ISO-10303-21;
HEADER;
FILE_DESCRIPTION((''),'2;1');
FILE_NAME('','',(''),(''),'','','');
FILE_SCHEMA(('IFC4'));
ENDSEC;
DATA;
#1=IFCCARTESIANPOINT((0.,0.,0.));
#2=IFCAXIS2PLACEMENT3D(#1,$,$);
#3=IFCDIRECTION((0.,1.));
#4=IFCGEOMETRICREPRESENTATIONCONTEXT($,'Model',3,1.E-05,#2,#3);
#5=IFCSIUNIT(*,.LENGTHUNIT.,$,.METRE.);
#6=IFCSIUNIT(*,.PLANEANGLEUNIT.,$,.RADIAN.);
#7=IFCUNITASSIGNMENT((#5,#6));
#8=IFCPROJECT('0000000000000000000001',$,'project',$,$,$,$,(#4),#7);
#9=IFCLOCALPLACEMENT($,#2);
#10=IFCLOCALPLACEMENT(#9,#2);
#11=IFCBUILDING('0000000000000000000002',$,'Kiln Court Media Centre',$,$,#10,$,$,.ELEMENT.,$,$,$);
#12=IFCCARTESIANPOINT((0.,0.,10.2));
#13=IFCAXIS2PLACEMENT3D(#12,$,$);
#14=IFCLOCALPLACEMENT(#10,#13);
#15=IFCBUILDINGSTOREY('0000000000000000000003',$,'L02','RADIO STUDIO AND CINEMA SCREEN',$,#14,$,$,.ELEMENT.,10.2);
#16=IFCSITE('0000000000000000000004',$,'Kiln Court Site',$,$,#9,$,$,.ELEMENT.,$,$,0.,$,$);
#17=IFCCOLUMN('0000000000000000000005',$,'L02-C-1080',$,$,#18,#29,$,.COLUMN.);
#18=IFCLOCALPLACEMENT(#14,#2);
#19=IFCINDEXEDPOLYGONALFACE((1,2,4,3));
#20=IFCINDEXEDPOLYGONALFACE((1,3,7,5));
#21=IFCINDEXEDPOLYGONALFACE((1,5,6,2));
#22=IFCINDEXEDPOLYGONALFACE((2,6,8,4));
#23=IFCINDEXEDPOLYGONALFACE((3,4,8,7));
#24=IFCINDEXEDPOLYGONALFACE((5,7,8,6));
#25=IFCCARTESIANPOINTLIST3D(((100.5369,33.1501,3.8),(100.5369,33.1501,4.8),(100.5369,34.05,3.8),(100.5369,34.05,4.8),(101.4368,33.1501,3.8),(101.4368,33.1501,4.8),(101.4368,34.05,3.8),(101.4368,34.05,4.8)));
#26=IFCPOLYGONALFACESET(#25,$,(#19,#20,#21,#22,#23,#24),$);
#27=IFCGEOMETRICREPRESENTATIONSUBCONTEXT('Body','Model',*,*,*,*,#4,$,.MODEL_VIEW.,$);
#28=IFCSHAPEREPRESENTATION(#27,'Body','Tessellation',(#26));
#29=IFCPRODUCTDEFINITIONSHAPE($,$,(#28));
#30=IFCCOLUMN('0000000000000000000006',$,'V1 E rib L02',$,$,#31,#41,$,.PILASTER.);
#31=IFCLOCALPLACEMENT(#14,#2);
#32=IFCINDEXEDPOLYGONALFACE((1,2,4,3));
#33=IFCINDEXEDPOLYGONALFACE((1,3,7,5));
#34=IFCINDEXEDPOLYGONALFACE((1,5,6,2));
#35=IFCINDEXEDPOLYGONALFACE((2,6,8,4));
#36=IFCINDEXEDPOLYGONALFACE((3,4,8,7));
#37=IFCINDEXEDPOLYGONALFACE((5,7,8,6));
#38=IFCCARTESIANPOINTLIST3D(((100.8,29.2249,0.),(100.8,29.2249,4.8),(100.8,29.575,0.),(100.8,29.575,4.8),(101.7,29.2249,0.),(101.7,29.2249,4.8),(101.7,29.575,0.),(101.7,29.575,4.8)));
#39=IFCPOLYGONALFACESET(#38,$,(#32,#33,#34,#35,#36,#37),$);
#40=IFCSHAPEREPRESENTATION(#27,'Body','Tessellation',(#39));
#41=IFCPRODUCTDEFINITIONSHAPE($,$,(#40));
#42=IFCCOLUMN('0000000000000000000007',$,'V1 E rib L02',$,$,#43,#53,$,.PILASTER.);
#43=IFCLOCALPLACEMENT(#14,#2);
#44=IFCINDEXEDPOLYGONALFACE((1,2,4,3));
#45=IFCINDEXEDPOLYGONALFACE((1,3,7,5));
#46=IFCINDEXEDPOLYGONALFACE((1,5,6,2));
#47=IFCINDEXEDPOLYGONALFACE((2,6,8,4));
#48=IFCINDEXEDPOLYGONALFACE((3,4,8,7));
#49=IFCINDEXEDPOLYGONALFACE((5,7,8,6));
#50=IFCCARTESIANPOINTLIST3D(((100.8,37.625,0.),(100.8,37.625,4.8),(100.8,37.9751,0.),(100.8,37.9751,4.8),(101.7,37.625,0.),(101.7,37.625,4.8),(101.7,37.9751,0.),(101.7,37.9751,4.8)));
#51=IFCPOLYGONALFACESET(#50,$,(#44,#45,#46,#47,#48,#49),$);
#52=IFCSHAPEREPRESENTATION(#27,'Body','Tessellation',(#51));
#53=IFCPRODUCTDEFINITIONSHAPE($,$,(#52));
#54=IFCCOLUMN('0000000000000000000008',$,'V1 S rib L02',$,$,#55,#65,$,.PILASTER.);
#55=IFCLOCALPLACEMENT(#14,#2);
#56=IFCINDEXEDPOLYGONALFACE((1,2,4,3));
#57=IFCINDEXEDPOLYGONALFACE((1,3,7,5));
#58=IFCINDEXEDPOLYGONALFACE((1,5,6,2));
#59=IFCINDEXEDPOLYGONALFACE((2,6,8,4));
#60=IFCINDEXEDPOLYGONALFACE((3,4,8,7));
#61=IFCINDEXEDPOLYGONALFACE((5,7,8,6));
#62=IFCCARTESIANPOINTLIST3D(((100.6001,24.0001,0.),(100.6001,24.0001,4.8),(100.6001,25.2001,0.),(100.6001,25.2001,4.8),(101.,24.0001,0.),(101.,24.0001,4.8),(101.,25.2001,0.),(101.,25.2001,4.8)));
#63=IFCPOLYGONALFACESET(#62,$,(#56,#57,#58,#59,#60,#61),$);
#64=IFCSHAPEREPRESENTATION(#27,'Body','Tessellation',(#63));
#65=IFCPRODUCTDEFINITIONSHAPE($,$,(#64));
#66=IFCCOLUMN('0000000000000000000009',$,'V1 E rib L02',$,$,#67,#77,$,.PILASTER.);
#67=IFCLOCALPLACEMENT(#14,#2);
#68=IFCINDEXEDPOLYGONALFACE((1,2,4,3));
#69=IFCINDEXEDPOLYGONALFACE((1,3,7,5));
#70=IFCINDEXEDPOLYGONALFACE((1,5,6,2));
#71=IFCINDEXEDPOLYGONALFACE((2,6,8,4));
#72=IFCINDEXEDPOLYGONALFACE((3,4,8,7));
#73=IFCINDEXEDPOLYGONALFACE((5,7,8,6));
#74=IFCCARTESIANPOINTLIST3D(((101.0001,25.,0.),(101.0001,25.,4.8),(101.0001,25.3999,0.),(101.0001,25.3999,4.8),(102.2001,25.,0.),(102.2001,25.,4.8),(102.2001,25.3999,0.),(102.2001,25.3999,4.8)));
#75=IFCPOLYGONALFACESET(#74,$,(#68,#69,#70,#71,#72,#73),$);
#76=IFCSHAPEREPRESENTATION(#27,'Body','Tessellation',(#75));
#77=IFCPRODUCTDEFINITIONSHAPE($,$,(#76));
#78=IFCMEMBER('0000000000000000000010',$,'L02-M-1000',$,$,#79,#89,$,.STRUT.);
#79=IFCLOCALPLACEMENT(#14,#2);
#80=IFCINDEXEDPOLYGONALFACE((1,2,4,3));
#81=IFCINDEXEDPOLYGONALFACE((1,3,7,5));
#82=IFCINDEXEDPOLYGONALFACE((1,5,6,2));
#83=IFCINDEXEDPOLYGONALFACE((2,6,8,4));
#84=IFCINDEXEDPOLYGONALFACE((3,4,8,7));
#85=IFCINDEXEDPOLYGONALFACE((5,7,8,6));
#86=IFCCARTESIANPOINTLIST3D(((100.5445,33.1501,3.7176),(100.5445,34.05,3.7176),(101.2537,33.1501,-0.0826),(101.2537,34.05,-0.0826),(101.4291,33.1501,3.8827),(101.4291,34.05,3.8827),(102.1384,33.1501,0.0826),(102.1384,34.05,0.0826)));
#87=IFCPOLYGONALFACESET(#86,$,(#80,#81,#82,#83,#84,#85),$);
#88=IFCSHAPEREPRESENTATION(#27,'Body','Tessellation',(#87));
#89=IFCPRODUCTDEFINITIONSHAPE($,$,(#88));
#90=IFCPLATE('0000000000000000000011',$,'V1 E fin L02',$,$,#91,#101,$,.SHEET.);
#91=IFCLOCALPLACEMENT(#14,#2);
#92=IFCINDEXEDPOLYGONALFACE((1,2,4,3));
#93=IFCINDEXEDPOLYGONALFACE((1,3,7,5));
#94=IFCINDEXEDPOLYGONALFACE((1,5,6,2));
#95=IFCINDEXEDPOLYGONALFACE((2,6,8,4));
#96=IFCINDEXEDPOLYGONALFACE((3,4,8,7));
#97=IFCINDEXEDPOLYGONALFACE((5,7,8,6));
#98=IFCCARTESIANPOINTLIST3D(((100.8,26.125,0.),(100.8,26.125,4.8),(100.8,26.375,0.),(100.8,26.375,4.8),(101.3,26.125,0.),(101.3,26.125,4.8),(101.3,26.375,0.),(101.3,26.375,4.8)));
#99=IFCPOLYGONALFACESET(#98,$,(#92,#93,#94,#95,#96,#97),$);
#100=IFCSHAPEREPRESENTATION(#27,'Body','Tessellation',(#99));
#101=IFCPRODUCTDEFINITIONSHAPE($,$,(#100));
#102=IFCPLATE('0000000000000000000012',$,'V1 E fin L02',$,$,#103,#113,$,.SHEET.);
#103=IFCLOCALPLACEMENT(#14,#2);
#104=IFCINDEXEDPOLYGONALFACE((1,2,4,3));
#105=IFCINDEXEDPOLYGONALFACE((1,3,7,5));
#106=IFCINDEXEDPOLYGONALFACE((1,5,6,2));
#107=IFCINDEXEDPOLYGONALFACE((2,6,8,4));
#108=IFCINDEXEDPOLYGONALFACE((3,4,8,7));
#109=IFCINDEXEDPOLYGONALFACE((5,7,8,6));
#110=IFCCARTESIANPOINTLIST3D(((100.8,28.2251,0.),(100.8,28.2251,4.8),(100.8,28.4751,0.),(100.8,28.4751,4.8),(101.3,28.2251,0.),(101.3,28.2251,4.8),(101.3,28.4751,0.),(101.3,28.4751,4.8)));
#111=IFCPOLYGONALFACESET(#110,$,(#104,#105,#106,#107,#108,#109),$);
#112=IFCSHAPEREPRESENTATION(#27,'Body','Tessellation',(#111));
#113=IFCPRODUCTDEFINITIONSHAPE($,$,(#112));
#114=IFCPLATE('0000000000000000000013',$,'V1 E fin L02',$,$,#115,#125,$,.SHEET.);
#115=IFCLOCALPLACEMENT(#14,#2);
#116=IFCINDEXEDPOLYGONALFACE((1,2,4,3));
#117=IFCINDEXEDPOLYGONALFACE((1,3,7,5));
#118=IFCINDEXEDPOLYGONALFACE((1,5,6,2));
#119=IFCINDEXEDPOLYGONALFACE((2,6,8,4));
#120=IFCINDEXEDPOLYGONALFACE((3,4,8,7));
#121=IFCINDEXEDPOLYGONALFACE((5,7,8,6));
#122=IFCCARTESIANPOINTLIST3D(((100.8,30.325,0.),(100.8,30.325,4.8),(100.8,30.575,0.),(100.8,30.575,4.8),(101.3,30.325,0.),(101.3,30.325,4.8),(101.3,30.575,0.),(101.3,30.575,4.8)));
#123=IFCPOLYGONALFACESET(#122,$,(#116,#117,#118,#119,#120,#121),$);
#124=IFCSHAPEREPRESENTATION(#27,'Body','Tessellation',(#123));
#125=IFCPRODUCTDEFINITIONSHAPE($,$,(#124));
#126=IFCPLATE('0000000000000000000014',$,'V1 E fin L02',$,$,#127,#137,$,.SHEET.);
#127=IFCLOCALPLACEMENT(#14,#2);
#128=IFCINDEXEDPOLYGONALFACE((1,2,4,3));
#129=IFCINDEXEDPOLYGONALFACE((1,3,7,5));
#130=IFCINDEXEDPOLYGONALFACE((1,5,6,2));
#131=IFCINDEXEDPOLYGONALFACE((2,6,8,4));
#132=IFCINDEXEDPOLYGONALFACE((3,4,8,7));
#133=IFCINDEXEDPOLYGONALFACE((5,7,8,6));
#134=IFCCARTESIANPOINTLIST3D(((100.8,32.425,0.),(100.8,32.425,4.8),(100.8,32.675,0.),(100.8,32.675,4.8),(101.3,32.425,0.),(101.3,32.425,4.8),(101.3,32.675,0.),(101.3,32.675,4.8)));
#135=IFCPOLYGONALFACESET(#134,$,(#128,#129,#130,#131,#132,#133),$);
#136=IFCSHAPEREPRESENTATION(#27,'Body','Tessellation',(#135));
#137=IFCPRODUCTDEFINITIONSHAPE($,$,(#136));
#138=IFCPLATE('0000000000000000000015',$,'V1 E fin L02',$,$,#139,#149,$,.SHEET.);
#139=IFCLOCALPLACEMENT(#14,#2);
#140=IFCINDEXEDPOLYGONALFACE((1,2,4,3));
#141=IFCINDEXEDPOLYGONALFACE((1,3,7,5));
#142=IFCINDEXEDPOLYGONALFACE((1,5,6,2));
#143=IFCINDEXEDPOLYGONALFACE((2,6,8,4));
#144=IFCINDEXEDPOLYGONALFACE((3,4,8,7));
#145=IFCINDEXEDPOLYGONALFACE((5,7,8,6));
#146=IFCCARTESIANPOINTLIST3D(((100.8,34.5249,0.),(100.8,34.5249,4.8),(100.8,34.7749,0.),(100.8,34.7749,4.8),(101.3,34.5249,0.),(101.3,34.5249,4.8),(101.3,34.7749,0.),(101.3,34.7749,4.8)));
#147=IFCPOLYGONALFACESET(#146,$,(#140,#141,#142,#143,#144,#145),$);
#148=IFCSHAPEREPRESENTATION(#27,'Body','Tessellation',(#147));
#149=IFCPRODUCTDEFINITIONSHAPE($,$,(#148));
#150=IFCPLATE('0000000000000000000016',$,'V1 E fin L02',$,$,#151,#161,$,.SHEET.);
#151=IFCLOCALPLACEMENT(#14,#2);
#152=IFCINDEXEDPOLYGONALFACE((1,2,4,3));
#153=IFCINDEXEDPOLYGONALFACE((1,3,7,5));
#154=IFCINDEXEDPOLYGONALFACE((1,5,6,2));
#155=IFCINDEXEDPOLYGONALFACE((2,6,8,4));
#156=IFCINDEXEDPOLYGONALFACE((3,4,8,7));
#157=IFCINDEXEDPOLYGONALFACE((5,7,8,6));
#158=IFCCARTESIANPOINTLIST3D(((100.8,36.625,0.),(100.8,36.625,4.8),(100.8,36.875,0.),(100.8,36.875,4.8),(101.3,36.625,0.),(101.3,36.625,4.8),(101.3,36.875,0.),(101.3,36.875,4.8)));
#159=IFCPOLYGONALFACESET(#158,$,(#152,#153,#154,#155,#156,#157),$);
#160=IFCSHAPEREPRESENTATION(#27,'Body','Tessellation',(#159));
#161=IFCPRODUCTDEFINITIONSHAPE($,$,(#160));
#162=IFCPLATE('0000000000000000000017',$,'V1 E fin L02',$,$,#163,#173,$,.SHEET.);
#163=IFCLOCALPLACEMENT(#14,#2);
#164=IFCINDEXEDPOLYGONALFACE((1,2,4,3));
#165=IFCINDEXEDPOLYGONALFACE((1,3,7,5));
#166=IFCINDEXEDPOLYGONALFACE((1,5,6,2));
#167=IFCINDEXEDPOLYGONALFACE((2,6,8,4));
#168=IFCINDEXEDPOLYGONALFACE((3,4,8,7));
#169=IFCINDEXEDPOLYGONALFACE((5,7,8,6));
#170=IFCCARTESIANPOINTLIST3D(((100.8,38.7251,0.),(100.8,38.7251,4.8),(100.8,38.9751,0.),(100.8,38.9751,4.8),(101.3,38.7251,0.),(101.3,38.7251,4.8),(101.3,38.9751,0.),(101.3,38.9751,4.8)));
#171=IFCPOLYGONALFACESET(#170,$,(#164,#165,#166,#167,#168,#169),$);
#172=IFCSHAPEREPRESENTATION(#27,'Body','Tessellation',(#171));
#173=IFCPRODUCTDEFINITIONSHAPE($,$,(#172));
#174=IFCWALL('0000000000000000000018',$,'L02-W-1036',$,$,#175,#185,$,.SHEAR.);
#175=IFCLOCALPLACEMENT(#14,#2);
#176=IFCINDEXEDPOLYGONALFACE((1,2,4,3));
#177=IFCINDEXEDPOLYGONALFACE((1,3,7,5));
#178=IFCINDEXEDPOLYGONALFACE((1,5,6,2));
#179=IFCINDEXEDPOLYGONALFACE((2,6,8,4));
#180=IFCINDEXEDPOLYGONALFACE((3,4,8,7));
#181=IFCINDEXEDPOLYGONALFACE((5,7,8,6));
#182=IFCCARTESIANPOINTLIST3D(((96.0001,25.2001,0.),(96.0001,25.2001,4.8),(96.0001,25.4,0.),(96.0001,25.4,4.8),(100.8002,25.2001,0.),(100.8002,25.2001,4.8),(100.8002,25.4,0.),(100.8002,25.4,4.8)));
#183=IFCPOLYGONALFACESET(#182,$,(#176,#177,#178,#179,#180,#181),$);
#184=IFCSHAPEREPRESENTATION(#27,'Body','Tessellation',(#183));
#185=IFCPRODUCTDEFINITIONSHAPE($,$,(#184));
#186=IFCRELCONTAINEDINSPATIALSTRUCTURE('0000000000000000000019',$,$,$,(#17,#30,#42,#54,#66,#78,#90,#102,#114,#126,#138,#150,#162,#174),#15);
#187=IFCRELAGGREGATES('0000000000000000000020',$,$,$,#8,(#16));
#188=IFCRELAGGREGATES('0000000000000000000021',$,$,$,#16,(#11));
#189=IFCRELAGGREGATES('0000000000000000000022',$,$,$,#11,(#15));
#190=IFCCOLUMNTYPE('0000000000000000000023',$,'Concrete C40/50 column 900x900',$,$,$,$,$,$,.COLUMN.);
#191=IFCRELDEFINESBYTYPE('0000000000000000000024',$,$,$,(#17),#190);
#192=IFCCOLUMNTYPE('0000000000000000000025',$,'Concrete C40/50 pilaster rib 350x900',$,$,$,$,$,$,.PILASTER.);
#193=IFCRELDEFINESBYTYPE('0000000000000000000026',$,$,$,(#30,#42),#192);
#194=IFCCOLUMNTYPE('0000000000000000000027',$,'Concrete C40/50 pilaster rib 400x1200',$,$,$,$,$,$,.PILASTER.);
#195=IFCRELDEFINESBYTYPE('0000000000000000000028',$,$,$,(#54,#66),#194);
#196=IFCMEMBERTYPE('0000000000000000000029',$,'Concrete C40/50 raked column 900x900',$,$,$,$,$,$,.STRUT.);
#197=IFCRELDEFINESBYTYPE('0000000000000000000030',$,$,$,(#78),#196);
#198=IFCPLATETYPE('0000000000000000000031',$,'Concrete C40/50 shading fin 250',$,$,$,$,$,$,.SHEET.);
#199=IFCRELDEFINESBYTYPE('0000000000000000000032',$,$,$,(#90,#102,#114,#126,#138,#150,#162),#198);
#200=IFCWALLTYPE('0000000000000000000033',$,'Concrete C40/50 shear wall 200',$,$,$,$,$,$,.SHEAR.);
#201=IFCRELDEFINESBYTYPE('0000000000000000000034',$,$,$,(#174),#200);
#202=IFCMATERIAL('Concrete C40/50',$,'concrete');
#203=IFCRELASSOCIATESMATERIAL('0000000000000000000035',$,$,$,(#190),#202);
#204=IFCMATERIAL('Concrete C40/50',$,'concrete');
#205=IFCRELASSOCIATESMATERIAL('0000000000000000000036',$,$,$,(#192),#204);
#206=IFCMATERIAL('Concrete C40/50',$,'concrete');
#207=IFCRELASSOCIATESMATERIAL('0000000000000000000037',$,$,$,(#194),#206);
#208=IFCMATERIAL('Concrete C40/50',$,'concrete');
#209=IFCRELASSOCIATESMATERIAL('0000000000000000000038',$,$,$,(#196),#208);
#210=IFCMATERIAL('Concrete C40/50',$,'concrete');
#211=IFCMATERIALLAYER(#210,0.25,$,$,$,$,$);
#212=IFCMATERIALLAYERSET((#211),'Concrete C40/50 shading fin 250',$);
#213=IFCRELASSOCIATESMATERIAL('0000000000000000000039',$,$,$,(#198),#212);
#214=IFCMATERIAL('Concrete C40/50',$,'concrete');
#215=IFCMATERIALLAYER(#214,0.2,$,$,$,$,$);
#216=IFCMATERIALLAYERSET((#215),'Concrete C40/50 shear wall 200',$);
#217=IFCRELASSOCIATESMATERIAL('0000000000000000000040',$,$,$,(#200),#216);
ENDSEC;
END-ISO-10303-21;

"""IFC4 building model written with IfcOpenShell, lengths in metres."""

from ifc_helpers import new_model, si_unit, direction, frame, frame_2d, origin, origin_2d, place, context, subcontext, project, spatial, rectangle, extrude, material, layer, layer_set, material_profile, profile_set, type_object, element, save


model = new_model("IFC4")

# Units and contexts
model_context = context("Model", 3, precision=1e-05, world=origin(), true_north=direction((0.0, 1.0)))
body_context = subcontext(model_context, "Body", "Model", "MODEL_VIEW")
ifc_project = project(units=[si_unit("LENGTHUNIT", "METRE"), si_unit("PLANEANGLEUNIT", "RADIAN")], contexts=[model_context])

# Site, building, storey
site_placement = place(None, origin())
site = spatial("IfcSite", under=ifc_project, at=site_placement, Name="Kiln Court Site", CompositionType="ELEMENT", RefElevation=0.0)
building_placement = place(site_placement, origin())
building = spatial("IfcBuilding", under=site, at=building_placement, Name="Kiln Court Media Centre", CompositionType="ELEMENT")
storey_placement = place(building_placement, frame((0.0, 0.0, 10.2)))
storey = spatial("IfcBuildingStorey", under=building, at=storey_placement, Name="L02", Description="RADIO STUDIO AND CINEMA SCREEN", CompositionType="ELEMENT", Elevation=10.2)

# Columns
ifc_material_1 = material(Name="Concrete C40/50", Category="concrete")
ifc_material_profile_1 = material_profile(ifc_material_1, rectangle(XDim=0.8999, YDim=0.8999, at=origin_2d()), Name="RC 900x900")
ifc_profile_set_1 = profile_set([ifc_material_profile_1], Name="Concrete C40/50")
column_type_1 = type_object("IfcColumnType", Name="Concrete C40/50 column 900x900", PredefinedType="COLUMN", material=ifc_profile_set_1)
column_placement = place(storey_placement, frame((100.9868, 33.6001, 3.8), z_axis=(0.0, 0.0, 1.0), x_axis=(1.0, 0.0, 0.0)))
element("IfcColumn", 1, at=column_placement, inside=storey, type_object=column_type_1, Name="L02-C-1080", PredefinedType="COLUMN", context=body_context, shape_type="SweptSolid", body=[
    extrude(rectangle(XDim=0.8999, YDim=0.8999, at=origin_2d()), origin(), (0.0, 0.0, 1.0), 1.0),
])
ifc_material_2 = material(Name="Concrete C40/50", Category="concrete")
ifc_material_profile_2 = material_profile(ifc_material_2, rectangle(XDim=0.3501, YDim=0.8999, at=origin_2d()), Name="RC 350x900")
ifc_profile_set_2 = profile_set([ifc_material_profile_2], Name="Concrete C40/50")
column_type_2 = type_object("IfcColumnType", Name="Concrete C40/50 pilaster rib 350x900", PredefinedType="PILASTER", material=ifc_profile_set_2)
for number, where, z_axis, x_axis, name in (
    (2, (101.25, 29.3999, 0.0), (0.0, 0.0, 1.0), (0.0, 1.0, 0.0), "V1 E rib L02"),
    (3, (101.25, 37.8, 0.0), (0.0, 0.0, 1.0), (0.0, 1.0, 0.0), "V1 E rib L02"),
):
    element("IfcColumn", number, at=place(storey_placement, frame(where, z_axis=z_axis, x_axis=x_axis)), inside=storey, type_object=column_type_2, Name=name, PredefinedType="PILASTER", context=body_context, shape_type="SweptSolid", body=[
        extrude(rectangle(XDim=0.3501, YDim=0.8999, at=origin_2d()), origin(), (0.0, 0.0, 1.0), 4.8),
    ])
ifc_material_3 = material(Name="Concrete C40/50", Category="concrete")
ifc_material_profile_3 = material_profile(ifc_material_3, rectangle(XDim=0.3999, YDim=1.2, at=origin_2d()), Name="RC 400x1200")
ifc_profile_set_3 = profile_set([ifc_material_profile_3], Name="Concrete C40/50")
column_type_3 = type_object("IfcColumnType", Name="Concrete C40/50 pilaster rib 400x1200", PredefinedType="PILASTER", material=ifc_profile_set_3)
for number, where, z_axis, x_axis, name in (
    (4, (100.8, 24.6001, 0.0), (0.0, 0.0, 1.0), (1.0, 0.0, 0.0), "V1 S rib L02"),
    (5, (101.6001, 25.2, 0.0), (0.0, 0.0, 1.0), (0.0, 1.0, 0.0), "V1 E rib L02"),
):
    element("IfcColumn", number, at=place(storey_placement, frame(where, z_axis=z_axis, x_axis=x_axis)), inside=storey, type_object=column_type_3, Name=name, PredefinedType="PILASTER", context=body_context, shape_type="SweptSolid", body=[
        extrude(rectangle(XDim=0.3999, YDim=1.2, at=origin_2d()), origin(), (0.0, 0.0, 1.0), 4.8),
    ])

# Member
ifc_material_4 = material(Name="Concrete C40/50", Category="concrete")
ifc_material_profile_4 = material_profile(ifc_material_4, rectangle(XDim=0.8999, YDim=0.8999, at=origin_2d()), Name="RC 900x900")
ifc_profile_set_4 = profile_set([ifc_material_profile_4], Name="Concrete C40/50")
member_type = type_object("IfcMemberType", Name="Concrete C40/50 raked column 900x900", PredefinedType="STRUT", material=ifc_profile_set_4)
member_placement = place(storey_placement, frame((101.696, 33.6001, 0.0), z_axis=(-0.183469, 0.0, 0.983026), x_axis=(0.0, -1.0, 0.0)))
element("IfcMember", 6, at=member_placement, inside=storey, type_object=member_type, Name="L02-M-1000", PredefinedType="STRUT", context=body_context, shape_type="SweptSolid", body=[
    extrude(rectangle(XDim=0.8999, YDim=0.8999, at=origin_2d()), origin(), (0.0, 0.0, 1.0), 3.8657),
])

# Plates
ifc_material_5 = material(Name="Concrete C40/50", Category="concrete")
ifc_layer_1 = layer(ifc_material_5, 0.25)
ifc_layer_set_1 = layer_set([ifc_layer_1], Name="Concrete C40/50 shading fin 250")
plate_type = type_object("IfcPlateType", Name="Concrete C40/50 shading fin 250", PredefinedType="SHEET", material=ifc_layer_set_1)
for number, where, z_axis, x_axis, name in (
    (7, (101.05, 26.25, 0.0), (0.0, 0.0, 1.0), (1.0, 0.0, 0.0), "V1 E fin L02"),
    (8, (101.05, 28.3501, 0.0), (0.0, 0.0, 1.0), (1.0, 0.0, 0.0), "V1 E fin L02"),
    (9, (101.05, 30.45, 0.0), (0.0, 0.0, 1.0), (1.0, 0.0, 0.0), "V1 E fin L02"),
    (10, (101.05, 32.55, 0.0), (0.0, 0.0, 1.0), (1.0, 0.0, 0.0), "V1 E fin L02"),
    (11, (101.05, 34.6499, 0.0), (0.0, 0.0, 1.0), (1.0, 0.0, 0.0), "V1 E fin L02"),
    (12, (101.05, 36.75, 0.0), (0.0, 0.0, 1.0), (1.0, 0.0, 0.0), "V1 E fin L02"),
    (13, (101.05, 38.8501, 0.0), (0.0, 0.0, 1.0), (1.0, 0.0, 0.0), "V1 E fin L02"),
):
    element("IfcPlate", number, at=place(storey_placement, frame(where, z_axis=z_axis, x_axis=x_axis)), inside=storey, type_object=plate_type, Name=name, PredefinedType="SHEET", context=body_context, shape_type="SweptSolid", body=[
        extrude(rectangle(XDim=0.5, YDim=0.25, at=origin_2d()), origin(), (0.0, 0.0, 1.0), 4.8),
    ])

# Wall
ifc_material_6 = material(Name="Concrete C40/50", Category="concrete")
ifc_layer_2 = layer(ifc_material_6, 0.2)
ifc_layer_set_2 = layer_set([ifc_layer_2], Name="Concrete C40/50 shear wall 200")
wall_type = type_object("IfcWallType", Name="Concrete C40/50 shear wall 200", PredefinedType="SHEAR", material=ifc_layer_set_2)
wall_1_placement = place(storey_placement, frame((100.8, 25.3, 0.0), z_axis=(0.0, 0.0, 1.0), x_axis=(-1.0, 0.0, 0.0)))
element("IfcWall", 14, at=wall_1_placement, inside=storey, type_object=wall_type, Name="L02-W-1036", PredefinedType="SHEAR", context=body_context, shape_type="SweptSolid", body=[
    extrude(rectangle(XDim=4.8, YDim=0.2, at=frame_2d((2.3999, 0.0))), origin(), (0.0, 0.0, 1.0), 4.8),
])

save(model, "model.ifc")
